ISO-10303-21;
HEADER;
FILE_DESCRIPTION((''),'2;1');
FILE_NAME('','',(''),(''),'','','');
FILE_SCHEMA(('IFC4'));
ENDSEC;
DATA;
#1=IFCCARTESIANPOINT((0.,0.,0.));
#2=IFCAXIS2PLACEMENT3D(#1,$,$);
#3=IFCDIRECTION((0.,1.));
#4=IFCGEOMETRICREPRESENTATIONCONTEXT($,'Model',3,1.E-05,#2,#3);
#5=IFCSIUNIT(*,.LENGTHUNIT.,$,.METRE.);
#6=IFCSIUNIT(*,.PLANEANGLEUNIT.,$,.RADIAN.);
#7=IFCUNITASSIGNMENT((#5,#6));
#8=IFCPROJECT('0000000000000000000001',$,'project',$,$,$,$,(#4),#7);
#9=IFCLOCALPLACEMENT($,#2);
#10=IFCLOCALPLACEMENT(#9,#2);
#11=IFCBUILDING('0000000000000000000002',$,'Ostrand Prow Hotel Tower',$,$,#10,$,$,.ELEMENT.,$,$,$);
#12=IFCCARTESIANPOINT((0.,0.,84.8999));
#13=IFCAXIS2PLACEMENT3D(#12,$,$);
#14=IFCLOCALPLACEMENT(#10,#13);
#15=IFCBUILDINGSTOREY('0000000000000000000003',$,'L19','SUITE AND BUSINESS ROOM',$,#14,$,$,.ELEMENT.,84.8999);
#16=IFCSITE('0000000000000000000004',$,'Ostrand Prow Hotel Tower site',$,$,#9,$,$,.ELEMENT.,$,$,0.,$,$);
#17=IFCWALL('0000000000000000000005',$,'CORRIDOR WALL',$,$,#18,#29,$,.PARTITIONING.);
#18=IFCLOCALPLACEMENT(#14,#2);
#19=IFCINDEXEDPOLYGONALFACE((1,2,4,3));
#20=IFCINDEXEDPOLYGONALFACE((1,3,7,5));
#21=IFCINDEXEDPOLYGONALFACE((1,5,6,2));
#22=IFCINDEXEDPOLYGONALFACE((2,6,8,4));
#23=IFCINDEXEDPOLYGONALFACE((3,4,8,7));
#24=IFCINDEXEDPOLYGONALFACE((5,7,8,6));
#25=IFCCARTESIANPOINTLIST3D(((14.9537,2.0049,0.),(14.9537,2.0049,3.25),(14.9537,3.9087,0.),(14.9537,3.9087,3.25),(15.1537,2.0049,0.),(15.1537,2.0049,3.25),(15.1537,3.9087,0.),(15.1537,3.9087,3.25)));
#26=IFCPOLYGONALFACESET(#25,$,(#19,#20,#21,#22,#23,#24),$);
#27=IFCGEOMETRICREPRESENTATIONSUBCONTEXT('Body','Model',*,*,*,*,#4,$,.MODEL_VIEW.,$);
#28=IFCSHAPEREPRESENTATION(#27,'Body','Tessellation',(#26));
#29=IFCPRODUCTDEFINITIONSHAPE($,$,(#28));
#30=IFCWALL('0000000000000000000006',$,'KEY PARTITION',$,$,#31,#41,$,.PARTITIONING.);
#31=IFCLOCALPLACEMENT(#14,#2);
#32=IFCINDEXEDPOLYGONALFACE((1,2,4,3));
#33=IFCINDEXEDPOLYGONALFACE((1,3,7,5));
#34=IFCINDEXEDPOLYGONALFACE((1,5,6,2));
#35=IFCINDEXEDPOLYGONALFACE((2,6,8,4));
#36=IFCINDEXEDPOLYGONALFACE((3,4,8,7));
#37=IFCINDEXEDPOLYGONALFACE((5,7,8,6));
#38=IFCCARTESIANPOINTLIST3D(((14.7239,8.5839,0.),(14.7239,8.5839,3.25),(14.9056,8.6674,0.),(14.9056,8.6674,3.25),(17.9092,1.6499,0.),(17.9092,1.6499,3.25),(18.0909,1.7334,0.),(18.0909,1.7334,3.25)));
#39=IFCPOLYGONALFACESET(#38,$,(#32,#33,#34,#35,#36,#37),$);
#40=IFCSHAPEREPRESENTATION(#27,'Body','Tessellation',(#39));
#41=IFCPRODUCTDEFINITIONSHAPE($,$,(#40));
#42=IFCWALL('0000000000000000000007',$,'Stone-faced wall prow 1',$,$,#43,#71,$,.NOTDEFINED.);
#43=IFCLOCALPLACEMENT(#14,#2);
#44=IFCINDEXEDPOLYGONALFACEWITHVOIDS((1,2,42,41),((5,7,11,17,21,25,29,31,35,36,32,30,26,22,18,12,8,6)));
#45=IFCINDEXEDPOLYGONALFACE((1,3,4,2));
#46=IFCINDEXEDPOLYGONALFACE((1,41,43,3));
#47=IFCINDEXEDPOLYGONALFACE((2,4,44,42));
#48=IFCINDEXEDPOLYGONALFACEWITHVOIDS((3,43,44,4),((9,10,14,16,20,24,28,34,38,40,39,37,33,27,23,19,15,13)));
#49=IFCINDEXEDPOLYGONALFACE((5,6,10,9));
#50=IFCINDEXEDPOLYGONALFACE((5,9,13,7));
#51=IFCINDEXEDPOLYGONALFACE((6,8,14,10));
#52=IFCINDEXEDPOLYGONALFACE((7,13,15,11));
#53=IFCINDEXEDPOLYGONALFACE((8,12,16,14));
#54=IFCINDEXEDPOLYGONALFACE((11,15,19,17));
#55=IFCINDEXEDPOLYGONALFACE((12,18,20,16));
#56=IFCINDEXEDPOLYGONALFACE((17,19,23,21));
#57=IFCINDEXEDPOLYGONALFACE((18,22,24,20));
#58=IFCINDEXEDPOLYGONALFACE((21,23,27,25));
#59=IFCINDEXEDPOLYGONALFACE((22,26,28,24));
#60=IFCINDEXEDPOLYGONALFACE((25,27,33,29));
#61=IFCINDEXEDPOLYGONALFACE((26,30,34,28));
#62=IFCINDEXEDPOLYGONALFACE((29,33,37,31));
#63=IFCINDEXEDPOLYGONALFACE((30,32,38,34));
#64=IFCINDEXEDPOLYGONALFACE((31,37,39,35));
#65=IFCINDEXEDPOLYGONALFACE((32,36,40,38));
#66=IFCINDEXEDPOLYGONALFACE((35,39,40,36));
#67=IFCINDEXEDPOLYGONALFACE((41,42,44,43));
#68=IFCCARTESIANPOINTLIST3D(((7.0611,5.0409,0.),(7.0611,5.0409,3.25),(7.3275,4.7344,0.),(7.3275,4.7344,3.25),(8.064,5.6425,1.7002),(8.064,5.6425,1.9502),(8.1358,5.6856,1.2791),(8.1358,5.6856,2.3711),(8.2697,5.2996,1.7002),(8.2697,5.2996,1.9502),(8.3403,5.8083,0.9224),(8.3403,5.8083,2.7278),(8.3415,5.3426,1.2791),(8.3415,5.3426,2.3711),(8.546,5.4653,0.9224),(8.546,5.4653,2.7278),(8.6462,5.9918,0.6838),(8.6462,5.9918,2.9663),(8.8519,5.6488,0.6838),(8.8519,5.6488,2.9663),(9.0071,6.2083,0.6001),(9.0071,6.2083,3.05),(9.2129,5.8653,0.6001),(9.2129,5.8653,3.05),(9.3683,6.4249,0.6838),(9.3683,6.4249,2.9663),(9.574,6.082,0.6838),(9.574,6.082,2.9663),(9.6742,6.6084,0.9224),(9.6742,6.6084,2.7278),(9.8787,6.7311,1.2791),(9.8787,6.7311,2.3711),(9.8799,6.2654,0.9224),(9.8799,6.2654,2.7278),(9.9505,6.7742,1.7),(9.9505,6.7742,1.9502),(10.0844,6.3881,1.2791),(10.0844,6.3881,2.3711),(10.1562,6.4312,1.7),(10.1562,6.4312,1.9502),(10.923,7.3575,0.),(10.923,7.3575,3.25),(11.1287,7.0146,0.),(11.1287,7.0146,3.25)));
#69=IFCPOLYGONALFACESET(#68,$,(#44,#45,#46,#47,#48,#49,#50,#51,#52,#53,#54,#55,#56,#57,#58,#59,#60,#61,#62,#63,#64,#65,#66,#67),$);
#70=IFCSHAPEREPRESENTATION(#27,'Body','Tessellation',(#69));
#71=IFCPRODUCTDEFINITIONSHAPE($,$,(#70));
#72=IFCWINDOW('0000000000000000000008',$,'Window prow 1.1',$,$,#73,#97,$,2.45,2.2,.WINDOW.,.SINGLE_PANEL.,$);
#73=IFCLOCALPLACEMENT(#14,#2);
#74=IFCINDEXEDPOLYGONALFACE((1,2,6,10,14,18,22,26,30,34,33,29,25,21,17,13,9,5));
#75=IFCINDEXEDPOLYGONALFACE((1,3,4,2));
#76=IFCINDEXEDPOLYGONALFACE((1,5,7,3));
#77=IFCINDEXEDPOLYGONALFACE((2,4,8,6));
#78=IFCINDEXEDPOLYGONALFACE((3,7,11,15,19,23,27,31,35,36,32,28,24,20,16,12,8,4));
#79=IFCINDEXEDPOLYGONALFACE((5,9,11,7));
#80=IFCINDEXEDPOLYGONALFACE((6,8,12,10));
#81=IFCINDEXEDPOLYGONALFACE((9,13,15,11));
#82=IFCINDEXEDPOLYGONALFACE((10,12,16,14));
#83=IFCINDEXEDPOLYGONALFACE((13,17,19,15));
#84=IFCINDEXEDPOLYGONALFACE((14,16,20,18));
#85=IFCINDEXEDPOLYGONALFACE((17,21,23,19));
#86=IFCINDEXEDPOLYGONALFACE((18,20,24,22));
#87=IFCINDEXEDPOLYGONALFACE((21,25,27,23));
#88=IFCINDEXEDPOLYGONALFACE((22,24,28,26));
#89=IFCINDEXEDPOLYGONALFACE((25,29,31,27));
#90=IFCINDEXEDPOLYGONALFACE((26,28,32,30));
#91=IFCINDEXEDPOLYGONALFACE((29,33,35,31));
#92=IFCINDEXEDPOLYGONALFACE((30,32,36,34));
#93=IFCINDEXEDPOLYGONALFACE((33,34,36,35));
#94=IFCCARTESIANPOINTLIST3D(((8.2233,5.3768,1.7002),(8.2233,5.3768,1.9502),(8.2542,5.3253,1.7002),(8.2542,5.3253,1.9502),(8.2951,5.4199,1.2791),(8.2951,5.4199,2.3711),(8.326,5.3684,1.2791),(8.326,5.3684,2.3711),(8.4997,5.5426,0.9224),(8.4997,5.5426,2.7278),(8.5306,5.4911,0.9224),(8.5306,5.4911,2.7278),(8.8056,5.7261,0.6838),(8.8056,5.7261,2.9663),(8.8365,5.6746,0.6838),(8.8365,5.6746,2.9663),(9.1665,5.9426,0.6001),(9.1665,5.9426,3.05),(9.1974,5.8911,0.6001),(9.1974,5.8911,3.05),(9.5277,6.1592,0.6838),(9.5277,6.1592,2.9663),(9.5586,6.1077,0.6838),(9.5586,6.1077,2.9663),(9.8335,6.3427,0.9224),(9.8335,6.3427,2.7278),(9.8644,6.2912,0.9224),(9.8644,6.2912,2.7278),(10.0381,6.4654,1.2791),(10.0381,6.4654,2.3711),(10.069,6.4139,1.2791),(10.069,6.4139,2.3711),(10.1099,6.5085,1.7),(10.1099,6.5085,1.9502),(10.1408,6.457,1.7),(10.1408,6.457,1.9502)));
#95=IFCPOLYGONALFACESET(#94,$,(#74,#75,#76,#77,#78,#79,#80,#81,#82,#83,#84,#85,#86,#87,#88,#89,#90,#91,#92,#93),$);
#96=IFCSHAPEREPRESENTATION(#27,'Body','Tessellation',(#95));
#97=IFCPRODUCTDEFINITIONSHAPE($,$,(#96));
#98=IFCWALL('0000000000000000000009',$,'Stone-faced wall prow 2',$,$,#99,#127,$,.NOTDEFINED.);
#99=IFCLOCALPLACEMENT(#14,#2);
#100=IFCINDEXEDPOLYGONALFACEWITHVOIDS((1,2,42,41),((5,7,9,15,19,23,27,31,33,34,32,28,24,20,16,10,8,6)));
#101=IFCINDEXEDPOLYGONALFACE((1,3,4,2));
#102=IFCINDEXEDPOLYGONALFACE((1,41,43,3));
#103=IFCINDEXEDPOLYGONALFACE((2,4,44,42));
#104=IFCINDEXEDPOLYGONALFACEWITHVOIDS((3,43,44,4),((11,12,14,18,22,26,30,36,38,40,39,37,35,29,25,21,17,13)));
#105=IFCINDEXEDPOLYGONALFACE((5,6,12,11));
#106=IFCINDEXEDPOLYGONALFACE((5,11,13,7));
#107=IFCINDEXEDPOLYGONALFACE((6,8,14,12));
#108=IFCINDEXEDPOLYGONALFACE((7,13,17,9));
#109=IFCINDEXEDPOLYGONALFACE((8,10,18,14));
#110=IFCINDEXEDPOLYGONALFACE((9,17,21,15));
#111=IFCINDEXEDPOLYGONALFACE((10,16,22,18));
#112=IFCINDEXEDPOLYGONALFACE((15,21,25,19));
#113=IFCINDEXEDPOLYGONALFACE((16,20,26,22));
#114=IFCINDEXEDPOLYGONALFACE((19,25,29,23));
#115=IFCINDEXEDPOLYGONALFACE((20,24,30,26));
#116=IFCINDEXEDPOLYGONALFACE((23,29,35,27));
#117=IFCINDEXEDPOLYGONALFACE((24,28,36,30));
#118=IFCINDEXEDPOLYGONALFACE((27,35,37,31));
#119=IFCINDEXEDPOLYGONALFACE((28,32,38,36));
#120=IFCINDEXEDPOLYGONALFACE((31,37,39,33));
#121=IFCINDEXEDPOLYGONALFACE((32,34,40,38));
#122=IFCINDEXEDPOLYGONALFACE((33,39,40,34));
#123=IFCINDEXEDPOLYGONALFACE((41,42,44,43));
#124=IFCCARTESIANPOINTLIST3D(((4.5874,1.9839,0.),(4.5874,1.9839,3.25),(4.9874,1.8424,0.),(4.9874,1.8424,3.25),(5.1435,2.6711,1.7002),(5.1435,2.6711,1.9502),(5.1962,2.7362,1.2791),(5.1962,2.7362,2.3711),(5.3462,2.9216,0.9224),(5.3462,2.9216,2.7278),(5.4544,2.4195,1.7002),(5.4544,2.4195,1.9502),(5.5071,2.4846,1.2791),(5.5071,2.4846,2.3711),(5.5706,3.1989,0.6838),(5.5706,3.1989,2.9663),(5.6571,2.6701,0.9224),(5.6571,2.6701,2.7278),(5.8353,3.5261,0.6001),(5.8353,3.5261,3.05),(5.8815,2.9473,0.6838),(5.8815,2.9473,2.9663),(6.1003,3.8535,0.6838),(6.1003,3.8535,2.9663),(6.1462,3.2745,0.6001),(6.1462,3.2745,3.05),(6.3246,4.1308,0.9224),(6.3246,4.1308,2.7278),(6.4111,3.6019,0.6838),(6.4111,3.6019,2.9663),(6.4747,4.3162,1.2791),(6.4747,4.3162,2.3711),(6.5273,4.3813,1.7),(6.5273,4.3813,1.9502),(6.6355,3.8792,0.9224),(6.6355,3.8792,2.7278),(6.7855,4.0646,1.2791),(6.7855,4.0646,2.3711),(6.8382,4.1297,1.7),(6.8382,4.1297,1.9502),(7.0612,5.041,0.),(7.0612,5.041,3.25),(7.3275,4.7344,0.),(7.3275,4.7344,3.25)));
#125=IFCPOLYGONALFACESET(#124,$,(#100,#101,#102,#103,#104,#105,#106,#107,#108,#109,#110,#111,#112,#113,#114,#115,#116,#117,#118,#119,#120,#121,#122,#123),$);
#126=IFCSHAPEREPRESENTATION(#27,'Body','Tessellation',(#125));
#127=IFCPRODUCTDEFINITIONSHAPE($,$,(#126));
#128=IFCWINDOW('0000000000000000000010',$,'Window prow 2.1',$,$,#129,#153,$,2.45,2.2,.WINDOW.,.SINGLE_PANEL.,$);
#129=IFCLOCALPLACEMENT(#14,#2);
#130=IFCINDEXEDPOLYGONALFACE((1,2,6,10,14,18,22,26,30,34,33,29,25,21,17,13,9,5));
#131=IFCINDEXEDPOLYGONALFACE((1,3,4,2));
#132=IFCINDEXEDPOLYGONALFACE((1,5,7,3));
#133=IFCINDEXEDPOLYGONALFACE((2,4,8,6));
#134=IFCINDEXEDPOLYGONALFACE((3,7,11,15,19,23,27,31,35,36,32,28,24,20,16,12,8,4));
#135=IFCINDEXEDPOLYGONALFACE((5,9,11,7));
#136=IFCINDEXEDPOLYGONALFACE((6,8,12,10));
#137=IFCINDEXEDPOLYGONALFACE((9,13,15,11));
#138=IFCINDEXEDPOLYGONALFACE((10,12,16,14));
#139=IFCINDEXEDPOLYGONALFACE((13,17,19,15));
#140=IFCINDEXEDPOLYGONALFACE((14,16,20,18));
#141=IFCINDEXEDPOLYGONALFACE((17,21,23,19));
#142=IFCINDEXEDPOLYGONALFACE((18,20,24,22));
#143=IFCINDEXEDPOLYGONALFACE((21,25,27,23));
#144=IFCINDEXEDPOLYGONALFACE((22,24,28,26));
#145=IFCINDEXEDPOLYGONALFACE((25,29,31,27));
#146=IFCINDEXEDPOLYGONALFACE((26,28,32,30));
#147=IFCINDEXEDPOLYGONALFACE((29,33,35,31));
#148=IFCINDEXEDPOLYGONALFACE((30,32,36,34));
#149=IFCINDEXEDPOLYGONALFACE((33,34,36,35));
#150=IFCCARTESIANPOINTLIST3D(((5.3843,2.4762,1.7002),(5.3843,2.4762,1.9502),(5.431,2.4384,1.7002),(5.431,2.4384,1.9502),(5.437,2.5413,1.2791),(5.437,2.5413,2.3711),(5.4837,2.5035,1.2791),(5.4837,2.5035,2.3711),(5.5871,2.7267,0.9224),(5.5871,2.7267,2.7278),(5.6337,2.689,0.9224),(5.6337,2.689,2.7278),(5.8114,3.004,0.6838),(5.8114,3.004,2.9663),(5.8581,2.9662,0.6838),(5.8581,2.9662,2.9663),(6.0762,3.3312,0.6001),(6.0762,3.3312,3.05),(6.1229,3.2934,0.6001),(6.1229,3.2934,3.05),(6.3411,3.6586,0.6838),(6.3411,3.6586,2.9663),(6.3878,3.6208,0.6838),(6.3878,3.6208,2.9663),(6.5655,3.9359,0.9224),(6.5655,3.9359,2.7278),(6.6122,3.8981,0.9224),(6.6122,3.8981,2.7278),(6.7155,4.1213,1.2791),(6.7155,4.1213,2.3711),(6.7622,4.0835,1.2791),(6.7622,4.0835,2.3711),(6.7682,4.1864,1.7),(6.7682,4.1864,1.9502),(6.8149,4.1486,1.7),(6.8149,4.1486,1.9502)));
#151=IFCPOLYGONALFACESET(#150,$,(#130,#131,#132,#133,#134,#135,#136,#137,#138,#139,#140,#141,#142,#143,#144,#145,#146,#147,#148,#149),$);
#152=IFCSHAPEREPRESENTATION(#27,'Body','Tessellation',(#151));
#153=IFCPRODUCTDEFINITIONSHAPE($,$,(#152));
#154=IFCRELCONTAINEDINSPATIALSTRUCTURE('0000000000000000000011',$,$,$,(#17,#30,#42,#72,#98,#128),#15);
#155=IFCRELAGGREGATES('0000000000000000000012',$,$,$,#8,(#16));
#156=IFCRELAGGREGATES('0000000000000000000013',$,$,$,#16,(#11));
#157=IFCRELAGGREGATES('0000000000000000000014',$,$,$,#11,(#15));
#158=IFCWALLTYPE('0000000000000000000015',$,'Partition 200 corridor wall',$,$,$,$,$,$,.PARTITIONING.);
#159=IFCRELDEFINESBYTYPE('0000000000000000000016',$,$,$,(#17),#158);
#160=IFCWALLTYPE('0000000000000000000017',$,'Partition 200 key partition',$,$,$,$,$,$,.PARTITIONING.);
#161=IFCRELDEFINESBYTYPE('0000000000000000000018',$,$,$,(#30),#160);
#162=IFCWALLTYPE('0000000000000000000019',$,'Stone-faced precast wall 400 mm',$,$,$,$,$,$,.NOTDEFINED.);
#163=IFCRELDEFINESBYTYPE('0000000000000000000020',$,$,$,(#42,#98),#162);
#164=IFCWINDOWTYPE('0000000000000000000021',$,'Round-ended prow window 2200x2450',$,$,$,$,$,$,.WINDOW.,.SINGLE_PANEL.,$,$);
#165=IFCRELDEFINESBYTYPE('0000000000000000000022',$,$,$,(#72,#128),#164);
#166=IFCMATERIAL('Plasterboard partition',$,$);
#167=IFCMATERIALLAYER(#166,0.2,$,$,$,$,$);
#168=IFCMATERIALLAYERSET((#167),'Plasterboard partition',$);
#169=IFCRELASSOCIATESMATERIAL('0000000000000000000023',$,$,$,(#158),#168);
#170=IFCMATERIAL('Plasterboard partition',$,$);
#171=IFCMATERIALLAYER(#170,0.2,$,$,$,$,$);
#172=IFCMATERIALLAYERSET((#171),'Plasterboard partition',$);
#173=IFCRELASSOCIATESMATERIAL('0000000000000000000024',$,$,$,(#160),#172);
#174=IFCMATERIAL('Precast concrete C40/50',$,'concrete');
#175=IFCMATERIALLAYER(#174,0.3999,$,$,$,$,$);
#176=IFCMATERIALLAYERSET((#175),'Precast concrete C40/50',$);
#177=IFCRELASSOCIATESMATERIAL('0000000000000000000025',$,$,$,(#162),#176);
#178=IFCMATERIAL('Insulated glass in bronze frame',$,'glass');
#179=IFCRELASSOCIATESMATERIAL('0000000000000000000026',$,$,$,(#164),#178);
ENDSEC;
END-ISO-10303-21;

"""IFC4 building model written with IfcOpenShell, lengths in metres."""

from ifc_helpers import new_model, si_unit, direction, frame, frame_2d, origin, place, context, subcontext, project, spatial, polyline, rectangle, outline, extrude, material, layer, layer_set, type_object, element, fill, save


model = new_model("IFC4")

# Units and contexts
model_context = context("Model", 3, precision=1e-05, world=origin(), true_north=direction((0.0, 1.0)))
body_context = subcontext(model_context, "Body", "Model", "MODEL_VIEW")
ifc_project = project(units=[si_unit("LENGTHUNIT", "METRE"), si_unit("PLANEANGLEUNIT", "RADIAN")], contexts=[model_context])

# Site, building, storey
site_placement = place(None, origin())
site = spatial("IfcSite", under=ifc_project, at=site_placement, Name="Ostrand Prow Hotel Tower site", CompositionType="ELEMENT", RefElevation=0.0)
building_placement = place(site_placement, origin())
building = spatial("IfcBuilding", under=site, at=building_placement, Name="Ostrand Prow Hotel Tower", CompositionType="ELEMENT")
storey_placement = place(building_placement, frame((0.0, 0.0, 84.8999)))
storey = spatial("IfcBuildingStorey", under=building, at=storey_placement, Name="L19", Description="SUITE AND BUSINESS ROOM", CompositionType="ELEMENT", Elevation=84.8999)

# Shared definitions
ifc_material_1 = material(Name="Plasterboard partition")
ifc_layer_1 = layer(ifc_material_1, 0.2)
ifc_layer_set_1 = layer_set([ifc_layer_1], Name="Plasterboard partition")
wall_type_1 = type_object("IfcWallType", Name="Partition 200 corridor wall", PredefinedType="PARTITIONING", material=ifc_layer_set_1)

# Walls
wall_1_placement = place(storey_placement, frame((15.0537, 3.9087, 0.0), z_axis=(0.0, 0.0, 1.0), x_axis=(0.0, -1.0, 0.0)))
element("IfcWall", 1, at=wall_1_placement, inside=storey, type_object=wall_type_1, Name="CORRIDOR WALL", PredefinedType="PARTITIONING", context=body_context, shape_type="SweptSolid", body=[
    extrude(rectangle(XDim=1.9038, YDim=0.2, at=frame_2d((0.9519, 0.0))), origin(), (0.0, 0.0, 1.0), 3.25),
])
ifc_material_2 = material(Name="Plasterboard partition")
ifc_layer_2 = layer(ifc_material_2, 0.2)
ifc_layer_set_2 = layer_set([ifc_layer_2], Name="Plasterboard partition")
wall_type_2 = type_object("IfcWallType", Name="Partition 200 key partition", PredefinedType="PARTITIONING", material=ifc_layer_set_2)
wall_2_placement = place(storey_placement, frame((14.8147, 8.6257, 0.0), z_axis=(0.0, 0.0, 1.0), x_axis=(0.417432, -0.908708, 0.0)))
element("IfcWall", 2, at=wall_2_placement, inside=storey, type_object=wall_type_2, Name="KEY PARTITION", PredefinedType="PARTITIONING", context=body_context, shape_type="SweptSolid", body=[
    extrude(rectangle(XDim=7.6306, YDim=0.2, at=frame_2d((3.8154, 0.0))), origin(), (0.0, 0.0, 1.0), 3.25),
])

# Walls, openings, windows
ifc_material_3 = material(Name="Precast concrete C40/50", Category="concrete")
ifc_layer_3 = layer(ifc_material_3, 0.3999)
ifc_layer_set_3 = layer_set([ifc_layer_3], Name="Precast concrete C40/50")
wall_type_3 = type_object("IfcWallType", Name="Stone-faced precast wall 400 mm", PredefinedType="NOTDEFINED", material=ifc_layer_set_3)
wall_3_placement = place(storey_placement, frame((11.0259, 7.186, 0.0), z_axis=(0.0, 0.0, 1.0), x_axis=(-0.857551, -0.514399, 0.0)))
wall_3 = element("IfcWall", 3, at=wall_3_placement, inside=storey, type_object=wall_type_3, Name="Stone-faced wall prow 1", PredefinedType="NOTDEFINED", context=body_context, shape_type="SweptSolid", body=[
    extrude(outline(polyline([(0.0, -0.2), (4.5034, -0.2), (4.4326, 0.2), (0.0, 0.2), (0.0, -0.2)])), origin(), (0.0, 0.0, 1.0), 3.25),
])
opening_1_placement = place(wall_3_placement, frame((1.134, 0.0, 0.6001)))
opening_1 = element("IfcOpeningElement", 4, at=opening_1_placement, cuts=wall_3, PredefinedType="OPENING", context=body_context, shape_type="SweptSolid", body=[
    extrude(outline(polyline([(0.0, 1.3501), (0.0837, 1.771), (0.3223, 2.1277), (0.679, 2.3662), (1.1001, 2.45), (1.521, 2.3662), (1.8777, 2.1277), (2.1162, 1.771), (2.2, 1.3501), (2.2, 1.1001), (2.1162, 0.679), (1.8777, 0.3223), (1.521, 0.0837), (1.1001, 0.0), (0.679, 0.0837), (0.3223, 0.3223), (0.0837, 0.679), (0.0, 1.0999), (0.0, 1.3501)])), frame((0.0, 0.21, 0.0), z_axis=(0.0, -1.0, 0.0), x_axis=(1.0, 0.0, 0.0)), (0.0, 0.0, 1.0), 0.4199),
])
ifc_material_4 = material(Name="Insulated glass in bronze frame", Category="glass")
window_type = type_object("IfcWindowType", Name="Round-ended prow window 2200x2450", PartitioningType="SINGLE_PANEL", PredefinedType="WINDOW", material=ifc_material_4)
window_1_placement = place(opening_1_placement, origin())
window_1 = element("IfcWindow", 5, at=window_1_placement, inside=storey, type_object=window_type, Name="Window prow 1.1", OverallHeight=2.45, OverallWidth=2.2, PartitioningType="SINGLE_PANEL", PredefinedType="WINDOW", context=body_context, shape_type="SweptSolid", body=[
    extrude(outline(polyline([(0.0, 1.3501), (0.0837, 1.771), (0.3223, 2.1277), (0.679, 2.3662), (1.1001, 2.45), (1.521, 2.3662), (1.8777, 2.1277), (2.1162, 1.771), (2.2, 1.3501), (2.2, 1.1001), (2.1162, 0.679), (1.8777, 0.3223), (1.521, 0.0837), (1.1001, 0.0), (0.679, 0.0837), (0.3223, 0.3223), (0.0837, 0.679), (0.0, 1.0999), (0.0, 1.3501)])), frame((0.0, 0.1699, 0.0), z_axis=(0.0, -1.0, 0.0), x_axis=(1.0, 0.0, 0.0)), (0.0, 0.0, 1.0), 0.0601),
])
fill(opening_1, window_1)
wall_4_placement = place(storey_placement, frame((7.1943, 4.8877, 0.0), z_axis=(0.0, 0.0, 1.0), x_axis=(-0.629035, -0.777377, 0.0)))
wall_4 = element("IfcWall", 6, at=wall_4_placement, inside=storey, type_object=wall_type_3, Name="Stone-faced wall prow 2", PredefinedType="NOTDEFINED", context=body_context, shape_type="SweptSolid", body=[
    extrude(outline(polyline([(-0.0354, -0.2), (3.8972, -0.2), (3.7556, 0.2), (0.0354, 0.2), (-0.0354, -0.2)])), origin(), (0.0, 0.0, 1.0), 3.25),
])
opening_2_placement = place(wall_4_placement, frame((0.8132, 0.0, 0.6001)))
opening_2 = element("IfcOpeningElement", 7, at=opening_2_placement, cuts=wall_4, PredefinedType="OPENING", context=body_context, shape_type="SweptSolid", body=[
    extrude(outline(polyline([(0.0, 1.3501), (0.0837, 1.771), (0.3223, 2.1277), (0.679, 2.3662), (1.1001, 2.45), (1.521, 2.3662), (1.8777, 2.1277), (2.1162, 1.771), (2.2, 1.3501), (2.2, 1.1001), (2.1162, 0.679), (1.8777, 0.3223), (1.521, 0.0837), (1.1001, 0.0), (0.679, 0.0837), (0.3223, 0.3223), (0.0837, 0.679), (0.0, 1.0999), (0.0, 1.3501)])), frame((0.0, 0.21, 0.0), z_axis=(0.0, -1.0, 0.0), x_axis=(1.0, 0.0, 0.0)), (0.0, 0.0, 1.0), 0.4199),
])
window_2_placement = place(opening_2_placement, origin())
window_2 = element("IfcWindow", 8, at=window_2_placement, inside=storey, type_object=window_type, Name="Window prow 2.1", OverallHeight=2.45, OverallWidth=2.2, PartitioningType="SINGLE_PANEL", PredefinedType="WINDOW", context=body_context, shape_type="SweptSolid", body=[
    extrude(outline(polyline([(0.0, 1.3501), (0.0837, 1.771), (0.3223, 2.1277), (0.679, 2.3662), (1.1001, 2.45), (1.521, 2.3662), (1.8777, 2.1277), (2.1162, 1.771), (2.2, 1.3501), (2.2, 1.1001), (2.1162, 0.679), (1.8777, 0.3223), (1.521, 0.0837), (1.1001, 0.0), (0.679, 0.0837), (0.3223, 0.3223), (0.0837, 0.679), (0.0, 1.0999), (0.0, 1.3501)])), frame((0.0, 0.1699, 0.0), z_axis=(0.0, -1.0, 0.0), x_axis=(1.0, 0.0, 0.0)), (0.0, 0.0, 1.0), 0.0601),
])
fill(opening_2, window_2)

save(model, "model.ifc")
